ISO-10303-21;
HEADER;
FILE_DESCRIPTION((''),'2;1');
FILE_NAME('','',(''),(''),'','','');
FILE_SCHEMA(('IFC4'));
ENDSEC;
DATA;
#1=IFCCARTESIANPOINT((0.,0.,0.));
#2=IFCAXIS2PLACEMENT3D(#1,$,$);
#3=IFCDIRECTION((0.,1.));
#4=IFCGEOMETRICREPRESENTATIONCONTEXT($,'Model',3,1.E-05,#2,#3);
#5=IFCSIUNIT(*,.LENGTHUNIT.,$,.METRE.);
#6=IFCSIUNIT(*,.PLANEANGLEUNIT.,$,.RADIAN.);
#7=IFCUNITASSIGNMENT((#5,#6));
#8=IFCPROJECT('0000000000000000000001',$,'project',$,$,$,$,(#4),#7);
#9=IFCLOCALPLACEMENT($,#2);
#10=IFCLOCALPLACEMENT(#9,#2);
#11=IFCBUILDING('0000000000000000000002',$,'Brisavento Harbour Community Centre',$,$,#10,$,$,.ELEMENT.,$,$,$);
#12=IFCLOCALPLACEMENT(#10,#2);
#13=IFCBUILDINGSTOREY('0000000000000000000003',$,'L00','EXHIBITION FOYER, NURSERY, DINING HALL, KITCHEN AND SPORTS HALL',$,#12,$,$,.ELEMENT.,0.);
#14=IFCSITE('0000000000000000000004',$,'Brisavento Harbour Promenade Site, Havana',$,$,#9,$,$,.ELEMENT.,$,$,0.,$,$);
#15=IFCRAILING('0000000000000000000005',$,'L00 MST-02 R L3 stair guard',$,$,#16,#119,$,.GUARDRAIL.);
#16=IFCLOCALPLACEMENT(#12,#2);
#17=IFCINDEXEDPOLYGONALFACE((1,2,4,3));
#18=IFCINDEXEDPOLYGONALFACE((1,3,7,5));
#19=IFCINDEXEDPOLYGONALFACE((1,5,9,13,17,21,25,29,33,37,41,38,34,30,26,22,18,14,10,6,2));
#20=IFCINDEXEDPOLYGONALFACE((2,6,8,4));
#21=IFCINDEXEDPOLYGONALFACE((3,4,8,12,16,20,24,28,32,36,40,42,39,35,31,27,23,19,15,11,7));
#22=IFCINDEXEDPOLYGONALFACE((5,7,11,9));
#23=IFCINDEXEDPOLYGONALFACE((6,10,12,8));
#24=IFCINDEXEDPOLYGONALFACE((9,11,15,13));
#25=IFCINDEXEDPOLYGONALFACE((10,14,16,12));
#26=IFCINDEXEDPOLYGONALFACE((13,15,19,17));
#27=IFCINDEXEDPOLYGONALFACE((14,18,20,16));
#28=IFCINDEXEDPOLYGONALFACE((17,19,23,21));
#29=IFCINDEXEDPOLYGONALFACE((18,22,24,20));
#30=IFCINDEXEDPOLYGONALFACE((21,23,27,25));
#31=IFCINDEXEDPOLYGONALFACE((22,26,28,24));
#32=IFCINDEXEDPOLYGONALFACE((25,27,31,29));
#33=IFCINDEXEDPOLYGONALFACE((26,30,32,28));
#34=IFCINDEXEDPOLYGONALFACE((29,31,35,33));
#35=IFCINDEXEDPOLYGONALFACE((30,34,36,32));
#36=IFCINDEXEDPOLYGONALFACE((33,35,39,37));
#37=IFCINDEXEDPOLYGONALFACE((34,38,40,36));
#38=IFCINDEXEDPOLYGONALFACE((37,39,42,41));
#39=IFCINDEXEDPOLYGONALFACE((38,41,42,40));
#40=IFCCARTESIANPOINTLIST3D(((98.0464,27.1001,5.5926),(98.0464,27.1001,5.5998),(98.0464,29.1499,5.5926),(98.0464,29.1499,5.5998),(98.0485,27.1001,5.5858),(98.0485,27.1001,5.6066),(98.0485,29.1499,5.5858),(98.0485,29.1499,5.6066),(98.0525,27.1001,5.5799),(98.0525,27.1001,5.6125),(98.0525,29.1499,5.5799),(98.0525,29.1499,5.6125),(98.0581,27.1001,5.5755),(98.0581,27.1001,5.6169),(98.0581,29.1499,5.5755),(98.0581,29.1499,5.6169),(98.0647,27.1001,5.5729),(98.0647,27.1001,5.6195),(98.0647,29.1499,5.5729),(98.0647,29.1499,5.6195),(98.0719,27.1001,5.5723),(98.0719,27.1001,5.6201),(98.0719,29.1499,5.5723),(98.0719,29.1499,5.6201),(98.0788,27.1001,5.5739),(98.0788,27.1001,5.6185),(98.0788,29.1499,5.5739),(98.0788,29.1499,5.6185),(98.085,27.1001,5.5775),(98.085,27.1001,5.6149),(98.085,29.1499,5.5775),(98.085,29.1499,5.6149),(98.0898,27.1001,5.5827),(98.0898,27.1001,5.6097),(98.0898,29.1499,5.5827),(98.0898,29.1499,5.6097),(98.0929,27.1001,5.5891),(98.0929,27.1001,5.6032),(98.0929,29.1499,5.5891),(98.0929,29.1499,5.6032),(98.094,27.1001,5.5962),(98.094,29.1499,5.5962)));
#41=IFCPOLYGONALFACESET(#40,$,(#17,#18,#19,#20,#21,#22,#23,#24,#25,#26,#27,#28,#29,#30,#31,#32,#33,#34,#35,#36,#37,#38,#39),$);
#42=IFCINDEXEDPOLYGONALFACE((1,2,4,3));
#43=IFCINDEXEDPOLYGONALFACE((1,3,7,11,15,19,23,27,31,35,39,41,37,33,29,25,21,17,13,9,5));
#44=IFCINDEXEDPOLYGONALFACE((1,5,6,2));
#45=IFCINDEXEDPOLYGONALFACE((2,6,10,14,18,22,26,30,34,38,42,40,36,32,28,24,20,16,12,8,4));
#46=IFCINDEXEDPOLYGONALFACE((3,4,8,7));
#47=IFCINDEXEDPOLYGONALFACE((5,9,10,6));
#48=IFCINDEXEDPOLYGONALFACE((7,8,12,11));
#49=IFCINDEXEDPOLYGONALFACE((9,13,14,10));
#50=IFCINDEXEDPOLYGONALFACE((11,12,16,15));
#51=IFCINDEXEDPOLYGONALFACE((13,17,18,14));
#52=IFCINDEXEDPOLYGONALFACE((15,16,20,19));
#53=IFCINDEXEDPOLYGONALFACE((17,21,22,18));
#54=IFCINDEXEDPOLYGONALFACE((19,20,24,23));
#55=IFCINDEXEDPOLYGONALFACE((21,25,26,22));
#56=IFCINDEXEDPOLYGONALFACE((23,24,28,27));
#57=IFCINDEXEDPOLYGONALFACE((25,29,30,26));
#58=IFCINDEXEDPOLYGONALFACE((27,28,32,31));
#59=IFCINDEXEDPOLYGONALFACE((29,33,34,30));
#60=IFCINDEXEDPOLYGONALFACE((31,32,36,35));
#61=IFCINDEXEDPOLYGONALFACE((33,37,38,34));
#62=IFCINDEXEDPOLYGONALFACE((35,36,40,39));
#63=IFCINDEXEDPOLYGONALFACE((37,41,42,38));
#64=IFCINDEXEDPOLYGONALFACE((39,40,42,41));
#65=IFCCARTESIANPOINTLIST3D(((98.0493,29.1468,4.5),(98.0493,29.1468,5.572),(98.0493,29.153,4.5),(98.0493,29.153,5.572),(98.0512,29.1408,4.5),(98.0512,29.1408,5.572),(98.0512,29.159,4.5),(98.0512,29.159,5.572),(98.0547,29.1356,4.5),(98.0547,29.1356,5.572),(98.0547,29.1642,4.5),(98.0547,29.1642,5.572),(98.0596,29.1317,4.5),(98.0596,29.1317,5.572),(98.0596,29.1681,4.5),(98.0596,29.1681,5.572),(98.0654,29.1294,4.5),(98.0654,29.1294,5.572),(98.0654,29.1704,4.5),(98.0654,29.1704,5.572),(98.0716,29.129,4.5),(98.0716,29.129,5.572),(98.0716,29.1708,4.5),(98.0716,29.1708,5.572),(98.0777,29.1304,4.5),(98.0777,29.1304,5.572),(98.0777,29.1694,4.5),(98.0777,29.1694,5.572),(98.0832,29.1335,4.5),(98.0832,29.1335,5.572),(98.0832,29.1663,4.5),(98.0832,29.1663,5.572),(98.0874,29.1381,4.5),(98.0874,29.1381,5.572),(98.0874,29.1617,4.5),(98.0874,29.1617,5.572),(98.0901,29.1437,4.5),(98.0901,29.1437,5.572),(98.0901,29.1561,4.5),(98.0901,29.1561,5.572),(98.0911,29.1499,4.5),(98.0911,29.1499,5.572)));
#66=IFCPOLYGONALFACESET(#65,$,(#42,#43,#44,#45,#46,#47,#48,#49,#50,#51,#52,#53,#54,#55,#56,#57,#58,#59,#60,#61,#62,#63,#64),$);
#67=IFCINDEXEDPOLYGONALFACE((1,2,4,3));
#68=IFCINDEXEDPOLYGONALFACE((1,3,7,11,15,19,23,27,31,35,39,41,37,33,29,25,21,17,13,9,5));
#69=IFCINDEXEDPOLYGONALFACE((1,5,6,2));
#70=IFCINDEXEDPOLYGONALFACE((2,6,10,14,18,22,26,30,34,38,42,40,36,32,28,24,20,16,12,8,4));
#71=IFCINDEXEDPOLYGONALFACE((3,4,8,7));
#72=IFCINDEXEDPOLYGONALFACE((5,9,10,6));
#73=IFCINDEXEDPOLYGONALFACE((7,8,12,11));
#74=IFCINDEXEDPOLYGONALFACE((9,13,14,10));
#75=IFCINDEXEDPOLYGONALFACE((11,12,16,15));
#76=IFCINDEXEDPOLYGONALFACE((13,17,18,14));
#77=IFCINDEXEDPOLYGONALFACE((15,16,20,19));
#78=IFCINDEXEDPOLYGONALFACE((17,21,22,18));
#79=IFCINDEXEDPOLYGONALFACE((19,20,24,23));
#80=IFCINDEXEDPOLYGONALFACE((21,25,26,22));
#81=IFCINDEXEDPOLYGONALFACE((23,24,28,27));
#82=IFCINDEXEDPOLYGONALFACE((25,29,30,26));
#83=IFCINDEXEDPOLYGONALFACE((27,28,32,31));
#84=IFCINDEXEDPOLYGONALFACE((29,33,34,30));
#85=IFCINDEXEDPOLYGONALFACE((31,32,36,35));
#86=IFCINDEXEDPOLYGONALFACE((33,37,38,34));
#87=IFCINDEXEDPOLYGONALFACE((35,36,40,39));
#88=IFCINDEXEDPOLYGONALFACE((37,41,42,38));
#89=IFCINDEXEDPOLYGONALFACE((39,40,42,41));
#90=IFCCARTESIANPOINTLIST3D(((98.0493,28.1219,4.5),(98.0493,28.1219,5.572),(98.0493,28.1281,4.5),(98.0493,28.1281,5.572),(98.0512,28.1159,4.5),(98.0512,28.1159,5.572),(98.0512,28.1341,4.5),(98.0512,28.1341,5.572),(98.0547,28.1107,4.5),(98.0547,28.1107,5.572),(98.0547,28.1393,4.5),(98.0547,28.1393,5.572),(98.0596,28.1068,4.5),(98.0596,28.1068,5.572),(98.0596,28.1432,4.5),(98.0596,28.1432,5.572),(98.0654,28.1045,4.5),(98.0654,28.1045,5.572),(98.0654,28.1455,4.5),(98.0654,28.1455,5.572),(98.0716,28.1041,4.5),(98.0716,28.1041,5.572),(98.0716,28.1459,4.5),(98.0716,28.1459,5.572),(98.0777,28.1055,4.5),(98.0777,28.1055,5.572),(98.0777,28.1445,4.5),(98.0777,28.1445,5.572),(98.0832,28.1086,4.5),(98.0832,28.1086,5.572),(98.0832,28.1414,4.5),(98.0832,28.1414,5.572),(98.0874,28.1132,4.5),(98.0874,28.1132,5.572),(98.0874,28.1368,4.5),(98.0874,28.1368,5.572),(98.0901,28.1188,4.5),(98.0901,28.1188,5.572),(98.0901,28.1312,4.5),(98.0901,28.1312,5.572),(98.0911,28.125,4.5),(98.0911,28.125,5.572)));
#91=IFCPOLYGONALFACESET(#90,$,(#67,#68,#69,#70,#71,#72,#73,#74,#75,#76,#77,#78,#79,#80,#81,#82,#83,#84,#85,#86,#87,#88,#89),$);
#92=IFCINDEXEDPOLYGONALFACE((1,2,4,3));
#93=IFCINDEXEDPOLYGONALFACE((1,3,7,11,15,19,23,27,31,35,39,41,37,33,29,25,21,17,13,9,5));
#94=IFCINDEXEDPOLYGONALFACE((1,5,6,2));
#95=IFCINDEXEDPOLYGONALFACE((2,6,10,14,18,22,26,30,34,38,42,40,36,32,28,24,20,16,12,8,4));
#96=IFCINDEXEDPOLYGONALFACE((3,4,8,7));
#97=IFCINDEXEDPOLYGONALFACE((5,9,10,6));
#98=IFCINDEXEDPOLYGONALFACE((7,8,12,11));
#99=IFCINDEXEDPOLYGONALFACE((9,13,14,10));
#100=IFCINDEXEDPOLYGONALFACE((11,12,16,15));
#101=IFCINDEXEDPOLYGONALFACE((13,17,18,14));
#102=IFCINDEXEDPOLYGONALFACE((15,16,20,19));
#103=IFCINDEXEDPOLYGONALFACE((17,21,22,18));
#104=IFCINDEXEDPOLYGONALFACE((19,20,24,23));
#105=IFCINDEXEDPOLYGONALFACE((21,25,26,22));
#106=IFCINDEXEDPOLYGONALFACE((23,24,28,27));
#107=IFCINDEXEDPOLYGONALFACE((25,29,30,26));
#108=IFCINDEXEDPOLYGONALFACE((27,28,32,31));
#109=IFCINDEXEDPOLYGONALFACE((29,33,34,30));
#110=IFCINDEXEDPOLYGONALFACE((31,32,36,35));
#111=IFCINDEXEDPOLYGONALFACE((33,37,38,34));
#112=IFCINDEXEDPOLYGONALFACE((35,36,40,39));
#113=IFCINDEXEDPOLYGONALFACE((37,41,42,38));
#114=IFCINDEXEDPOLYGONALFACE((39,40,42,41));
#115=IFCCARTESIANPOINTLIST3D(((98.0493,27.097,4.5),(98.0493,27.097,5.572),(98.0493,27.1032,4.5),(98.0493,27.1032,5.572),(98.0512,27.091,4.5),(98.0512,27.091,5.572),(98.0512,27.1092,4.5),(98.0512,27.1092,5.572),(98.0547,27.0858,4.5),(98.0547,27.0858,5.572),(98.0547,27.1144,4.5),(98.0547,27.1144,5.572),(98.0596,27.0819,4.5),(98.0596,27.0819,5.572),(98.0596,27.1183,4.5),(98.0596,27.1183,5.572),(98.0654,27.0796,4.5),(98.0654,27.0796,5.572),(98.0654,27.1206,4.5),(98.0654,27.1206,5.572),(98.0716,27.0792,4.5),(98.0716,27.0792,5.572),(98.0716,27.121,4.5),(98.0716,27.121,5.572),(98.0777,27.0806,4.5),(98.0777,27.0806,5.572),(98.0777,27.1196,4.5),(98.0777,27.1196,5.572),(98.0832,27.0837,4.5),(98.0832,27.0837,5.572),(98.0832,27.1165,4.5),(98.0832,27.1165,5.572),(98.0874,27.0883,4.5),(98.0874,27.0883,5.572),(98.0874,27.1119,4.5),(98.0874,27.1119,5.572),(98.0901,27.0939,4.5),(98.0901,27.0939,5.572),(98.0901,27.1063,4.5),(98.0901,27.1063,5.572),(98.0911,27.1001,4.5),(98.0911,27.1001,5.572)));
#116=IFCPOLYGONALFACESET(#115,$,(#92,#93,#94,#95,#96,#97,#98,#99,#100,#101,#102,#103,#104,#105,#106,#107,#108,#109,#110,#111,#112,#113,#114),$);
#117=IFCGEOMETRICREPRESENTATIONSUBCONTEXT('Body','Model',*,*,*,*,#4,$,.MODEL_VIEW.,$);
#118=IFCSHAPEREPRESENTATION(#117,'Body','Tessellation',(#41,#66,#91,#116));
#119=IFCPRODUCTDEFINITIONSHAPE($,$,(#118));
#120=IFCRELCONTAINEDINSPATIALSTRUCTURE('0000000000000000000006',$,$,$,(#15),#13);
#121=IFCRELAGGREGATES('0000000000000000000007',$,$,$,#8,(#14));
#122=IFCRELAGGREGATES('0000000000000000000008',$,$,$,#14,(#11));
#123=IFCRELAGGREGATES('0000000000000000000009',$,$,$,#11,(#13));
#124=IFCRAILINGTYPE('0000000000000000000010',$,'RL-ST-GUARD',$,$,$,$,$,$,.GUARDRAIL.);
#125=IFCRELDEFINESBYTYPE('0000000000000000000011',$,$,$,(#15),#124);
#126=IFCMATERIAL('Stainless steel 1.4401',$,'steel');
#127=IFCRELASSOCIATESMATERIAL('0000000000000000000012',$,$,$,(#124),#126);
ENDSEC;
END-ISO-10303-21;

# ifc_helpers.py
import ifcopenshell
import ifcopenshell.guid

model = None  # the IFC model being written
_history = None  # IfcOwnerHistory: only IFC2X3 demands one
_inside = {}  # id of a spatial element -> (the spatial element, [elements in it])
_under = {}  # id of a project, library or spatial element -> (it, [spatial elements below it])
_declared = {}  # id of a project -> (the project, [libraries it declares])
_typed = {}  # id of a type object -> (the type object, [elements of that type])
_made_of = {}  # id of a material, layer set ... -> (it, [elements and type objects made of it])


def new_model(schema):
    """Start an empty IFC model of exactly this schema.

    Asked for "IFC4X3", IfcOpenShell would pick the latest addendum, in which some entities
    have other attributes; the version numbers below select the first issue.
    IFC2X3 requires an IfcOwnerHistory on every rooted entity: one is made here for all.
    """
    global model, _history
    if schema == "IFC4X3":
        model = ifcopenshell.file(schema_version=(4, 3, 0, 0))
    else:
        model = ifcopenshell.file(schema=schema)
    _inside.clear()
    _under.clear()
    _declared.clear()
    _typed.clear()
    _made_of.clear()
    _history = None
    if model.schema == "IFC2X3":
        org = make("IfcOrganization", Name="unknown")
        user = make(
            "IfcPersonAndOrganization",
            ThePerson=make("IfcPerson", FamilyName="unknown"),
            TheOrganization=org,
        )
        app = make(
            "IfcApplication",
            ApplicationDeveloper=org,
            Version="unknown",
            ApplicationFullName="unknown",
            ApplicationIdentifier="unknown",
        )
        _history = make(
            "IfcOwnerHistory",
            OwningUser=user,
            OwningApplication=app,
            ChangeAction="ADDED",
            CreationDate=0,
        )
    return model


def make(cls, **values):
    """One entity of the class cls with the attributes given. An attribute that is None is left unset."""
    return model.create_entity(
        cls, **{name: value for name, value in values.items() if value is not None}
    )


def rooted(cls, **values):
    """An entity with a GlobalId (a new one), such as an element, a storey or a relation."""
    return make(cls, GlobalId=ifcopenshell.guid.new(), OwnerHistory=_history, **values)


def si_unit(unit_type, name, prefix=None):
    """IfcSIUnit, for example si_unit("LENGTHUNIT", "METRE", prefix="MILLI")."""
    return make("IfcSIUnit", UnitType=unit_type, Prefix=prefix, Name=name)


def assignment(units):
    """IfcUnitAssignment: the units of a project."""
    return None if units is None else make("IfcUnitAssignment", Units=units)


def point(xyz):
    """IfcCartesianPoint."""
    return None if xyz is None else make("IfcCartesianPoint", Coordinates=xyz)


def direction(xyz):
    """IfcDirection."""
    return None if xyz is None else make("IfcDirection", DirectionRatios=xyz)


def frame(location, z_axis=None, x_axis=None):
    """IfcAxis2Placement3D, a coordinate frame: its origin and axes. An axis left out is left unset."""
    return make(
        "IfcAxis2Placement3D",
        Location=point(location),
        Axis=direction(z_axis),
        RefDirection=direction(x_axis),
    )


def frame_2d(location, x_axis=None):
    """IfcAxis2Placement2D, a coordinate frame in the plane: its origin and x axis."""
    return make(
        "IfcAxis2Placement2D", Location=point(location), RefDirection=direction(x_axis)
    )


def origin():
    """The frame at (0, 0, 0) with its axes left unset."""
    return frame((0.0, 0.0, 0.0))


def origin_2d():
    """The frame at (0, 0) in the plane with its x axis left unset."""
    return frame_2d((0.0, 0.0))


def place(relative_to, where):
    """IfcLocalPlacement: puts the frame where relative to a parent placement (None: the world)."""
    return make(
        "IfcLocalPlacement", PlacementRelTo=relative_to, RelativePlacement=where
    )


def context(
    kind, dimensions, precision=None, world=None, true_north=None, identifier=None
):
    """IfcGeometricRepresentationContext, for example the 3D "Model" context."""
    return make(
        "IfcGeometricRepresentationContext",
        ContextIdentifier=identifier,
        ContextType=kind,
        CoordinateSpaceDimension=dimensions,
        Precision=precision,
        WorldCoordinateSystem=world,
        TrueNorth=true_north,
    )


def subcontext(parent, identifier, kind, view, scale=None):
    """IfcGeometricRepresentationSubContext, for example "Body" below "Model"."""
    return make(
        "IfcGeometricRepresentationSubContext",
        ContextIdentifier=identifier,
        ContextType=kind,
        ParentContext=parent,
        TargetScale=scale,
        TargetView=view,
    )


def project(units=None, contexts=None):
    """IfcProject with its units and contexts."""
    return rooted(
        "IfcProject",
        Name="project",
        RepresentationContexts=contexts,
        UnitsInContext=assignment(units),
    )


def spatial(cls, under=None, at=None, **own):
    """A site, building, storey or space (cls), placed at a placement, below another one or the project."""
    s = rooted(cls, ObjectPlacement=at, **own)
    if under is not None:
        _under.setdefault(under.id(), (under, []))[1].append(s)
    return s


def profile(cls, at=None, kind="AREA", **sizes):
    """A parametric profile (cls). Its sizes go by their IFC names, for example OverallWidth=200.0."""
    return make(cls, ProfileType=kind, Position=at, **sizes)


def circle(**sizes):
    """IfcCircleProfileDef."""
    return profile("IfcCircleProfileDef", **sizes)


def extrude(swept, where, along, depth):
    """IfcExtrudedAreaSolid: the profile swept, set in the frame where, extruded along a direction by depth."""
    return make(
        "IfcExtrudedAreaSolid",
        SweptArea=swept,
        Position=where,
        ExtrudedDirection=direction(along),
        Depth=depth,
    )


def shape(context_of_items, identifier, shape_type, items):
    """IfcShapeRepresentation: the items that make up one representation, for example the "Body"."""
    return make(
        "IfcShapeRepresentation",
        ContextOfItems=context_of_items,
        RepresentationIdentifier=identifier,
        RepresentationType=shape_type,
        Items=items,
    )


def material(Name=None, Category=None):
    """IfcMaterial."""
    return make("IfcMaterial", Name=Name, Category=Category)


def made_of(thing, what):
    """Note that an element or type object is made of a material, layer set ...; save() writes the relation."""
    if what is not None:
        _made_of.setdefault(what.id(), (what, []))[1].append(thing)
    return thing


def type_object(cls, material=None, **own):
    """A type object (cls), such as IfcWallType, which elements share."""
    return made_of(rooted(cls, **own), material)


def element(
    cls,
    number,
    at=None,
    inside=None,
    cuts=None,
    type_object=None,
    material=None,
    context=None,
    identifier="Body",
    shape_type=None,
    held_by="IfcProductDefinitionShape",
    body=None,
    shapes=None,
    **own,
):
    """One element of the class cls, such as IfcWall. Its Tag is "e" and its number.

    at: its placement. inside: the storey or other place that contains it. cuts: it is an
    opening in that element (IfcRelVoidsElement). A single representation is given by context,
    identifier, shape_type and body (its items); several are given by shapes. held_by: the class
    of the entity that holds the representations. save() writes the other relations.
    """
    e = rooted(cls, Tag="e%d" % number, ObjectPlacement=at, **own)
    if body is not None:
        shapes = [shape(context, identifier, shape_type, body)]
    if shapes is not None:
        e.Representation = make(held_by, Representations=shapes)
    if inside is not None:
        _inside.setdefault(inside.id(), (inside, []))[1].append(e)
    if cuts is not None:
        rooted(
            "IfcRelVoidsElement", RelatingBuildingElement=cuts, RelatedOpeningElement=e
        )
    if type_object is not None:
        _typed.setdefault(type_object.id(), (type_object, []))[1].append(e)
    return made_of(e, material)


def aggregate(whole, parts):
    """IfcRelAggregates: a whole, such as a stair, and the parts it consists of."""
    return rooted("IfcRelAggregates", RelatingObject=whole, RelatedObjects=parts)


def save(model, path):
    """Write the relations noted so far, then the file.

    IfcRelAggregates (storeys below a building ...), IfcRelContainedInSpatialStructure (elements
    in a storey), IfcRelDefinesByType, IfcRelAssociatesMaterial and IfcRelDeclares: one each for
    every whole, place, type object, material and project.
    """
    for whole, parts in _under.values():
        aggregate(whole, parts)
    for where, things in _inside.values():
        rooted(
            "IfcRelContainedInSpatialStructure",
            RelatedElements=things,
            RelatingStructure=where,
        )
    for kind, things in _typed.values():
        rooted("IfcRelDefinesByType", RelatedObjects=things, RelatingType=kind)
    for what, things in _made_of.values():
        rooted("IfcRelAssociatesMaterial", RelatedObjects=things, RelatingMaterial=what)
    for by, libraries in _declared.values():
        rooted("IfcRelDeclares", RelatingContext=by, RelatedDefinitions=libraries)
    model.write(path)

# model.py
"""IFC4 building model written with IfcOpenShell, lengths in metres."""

from ifc_helpers import new_model, si_unit, direction, frame, origin, origin_2d, place, context, subcontext, project, spatial, circle, extrude, material, type_object, element, save


model = new_model("IFC4")

# Units and contexts
model_context = context("Model", 3, precision=1e-05, world=origin(), true_north=direction((0.0, 1.0)))
body_context = subcontext(model_context, "Body", "Model", "MODEL_VIEW")
ifc_project = project(units=[si_unit("LENGTHUNIT", "METRE"), si_unit("PLANEANGLEUNIT", "RADIAN")], contexts=[model_context])

# Site, building, storey
site_placement = place(None, origin())
site = spatial("IfcSite", under=ifc_project, at=site_placement, Name="Brisavento Harbour Promenade Site, Havana", CompositionType="ELEMENT", RefElevation=0.0)
building_placement = place(site_placement, origin())
building = spatial("IfcBuilding", under=site, at=building_placement, Name="Brisavento Harbour Community Centre", CompositionType="ELEMENT")
storey_placement = place(building_placement, origin())
storey = spatial("IfcBuildingStorey", under=building, at=storey_placement, Name="L00", Description="EXHIBITION FOYER, NURSERY, DINING HALL, KITCHEN AND SPORTS HALL", CompositionType="ELEMENT", Elevation=0.0)

# Railing
ifc_material_1 = material(Name="Stainless steel 1.4401", Category="steel")
railing_type = type_object("IfcRailingType", Name="RL-ST-GUARD", PredefinedType="GUARDRAIL", material=ifc_material_1)
railing_1_placement = place(storey_placement, frame((98.0701, 29.1499, 4.5)))
element("IfcRailing", 1, at=railing_1_placement, inside=storey, type_object=railing_type, Name="L00 MST-02 R L3 stair guard", PredefinedType="GUARDRAIL", context=body_context, shape_type="SweptSolid", body=[
    extrude(circle(Radius=0.0239, at=origin_2d()), frame((0.0, 0.0, 1.0962), z_axis=(0.0, -1.0, 0.0), x_axis=(1.0, 0.0, 0.0)), (0.0, 0.0, 1.0), 2.0498),
    extrude(circle(Radius=0.021, at=origin_2d()), origin(), (0.0, 0.0, 1.0), 1.072),
    extrude(circle(Radius=0.021, at=origin_2d()), frame((0.0, -1.0249, 0.0)), (0.0, 0.0, 1.0), 1.072),
    extrude(circle(Radius=0.021, at=origin_2d()), frame((0.0, -2.0498, 0.0)), (0.0, 0.0, 1.0), 1.072),
])

save(model, "model.ifc")
